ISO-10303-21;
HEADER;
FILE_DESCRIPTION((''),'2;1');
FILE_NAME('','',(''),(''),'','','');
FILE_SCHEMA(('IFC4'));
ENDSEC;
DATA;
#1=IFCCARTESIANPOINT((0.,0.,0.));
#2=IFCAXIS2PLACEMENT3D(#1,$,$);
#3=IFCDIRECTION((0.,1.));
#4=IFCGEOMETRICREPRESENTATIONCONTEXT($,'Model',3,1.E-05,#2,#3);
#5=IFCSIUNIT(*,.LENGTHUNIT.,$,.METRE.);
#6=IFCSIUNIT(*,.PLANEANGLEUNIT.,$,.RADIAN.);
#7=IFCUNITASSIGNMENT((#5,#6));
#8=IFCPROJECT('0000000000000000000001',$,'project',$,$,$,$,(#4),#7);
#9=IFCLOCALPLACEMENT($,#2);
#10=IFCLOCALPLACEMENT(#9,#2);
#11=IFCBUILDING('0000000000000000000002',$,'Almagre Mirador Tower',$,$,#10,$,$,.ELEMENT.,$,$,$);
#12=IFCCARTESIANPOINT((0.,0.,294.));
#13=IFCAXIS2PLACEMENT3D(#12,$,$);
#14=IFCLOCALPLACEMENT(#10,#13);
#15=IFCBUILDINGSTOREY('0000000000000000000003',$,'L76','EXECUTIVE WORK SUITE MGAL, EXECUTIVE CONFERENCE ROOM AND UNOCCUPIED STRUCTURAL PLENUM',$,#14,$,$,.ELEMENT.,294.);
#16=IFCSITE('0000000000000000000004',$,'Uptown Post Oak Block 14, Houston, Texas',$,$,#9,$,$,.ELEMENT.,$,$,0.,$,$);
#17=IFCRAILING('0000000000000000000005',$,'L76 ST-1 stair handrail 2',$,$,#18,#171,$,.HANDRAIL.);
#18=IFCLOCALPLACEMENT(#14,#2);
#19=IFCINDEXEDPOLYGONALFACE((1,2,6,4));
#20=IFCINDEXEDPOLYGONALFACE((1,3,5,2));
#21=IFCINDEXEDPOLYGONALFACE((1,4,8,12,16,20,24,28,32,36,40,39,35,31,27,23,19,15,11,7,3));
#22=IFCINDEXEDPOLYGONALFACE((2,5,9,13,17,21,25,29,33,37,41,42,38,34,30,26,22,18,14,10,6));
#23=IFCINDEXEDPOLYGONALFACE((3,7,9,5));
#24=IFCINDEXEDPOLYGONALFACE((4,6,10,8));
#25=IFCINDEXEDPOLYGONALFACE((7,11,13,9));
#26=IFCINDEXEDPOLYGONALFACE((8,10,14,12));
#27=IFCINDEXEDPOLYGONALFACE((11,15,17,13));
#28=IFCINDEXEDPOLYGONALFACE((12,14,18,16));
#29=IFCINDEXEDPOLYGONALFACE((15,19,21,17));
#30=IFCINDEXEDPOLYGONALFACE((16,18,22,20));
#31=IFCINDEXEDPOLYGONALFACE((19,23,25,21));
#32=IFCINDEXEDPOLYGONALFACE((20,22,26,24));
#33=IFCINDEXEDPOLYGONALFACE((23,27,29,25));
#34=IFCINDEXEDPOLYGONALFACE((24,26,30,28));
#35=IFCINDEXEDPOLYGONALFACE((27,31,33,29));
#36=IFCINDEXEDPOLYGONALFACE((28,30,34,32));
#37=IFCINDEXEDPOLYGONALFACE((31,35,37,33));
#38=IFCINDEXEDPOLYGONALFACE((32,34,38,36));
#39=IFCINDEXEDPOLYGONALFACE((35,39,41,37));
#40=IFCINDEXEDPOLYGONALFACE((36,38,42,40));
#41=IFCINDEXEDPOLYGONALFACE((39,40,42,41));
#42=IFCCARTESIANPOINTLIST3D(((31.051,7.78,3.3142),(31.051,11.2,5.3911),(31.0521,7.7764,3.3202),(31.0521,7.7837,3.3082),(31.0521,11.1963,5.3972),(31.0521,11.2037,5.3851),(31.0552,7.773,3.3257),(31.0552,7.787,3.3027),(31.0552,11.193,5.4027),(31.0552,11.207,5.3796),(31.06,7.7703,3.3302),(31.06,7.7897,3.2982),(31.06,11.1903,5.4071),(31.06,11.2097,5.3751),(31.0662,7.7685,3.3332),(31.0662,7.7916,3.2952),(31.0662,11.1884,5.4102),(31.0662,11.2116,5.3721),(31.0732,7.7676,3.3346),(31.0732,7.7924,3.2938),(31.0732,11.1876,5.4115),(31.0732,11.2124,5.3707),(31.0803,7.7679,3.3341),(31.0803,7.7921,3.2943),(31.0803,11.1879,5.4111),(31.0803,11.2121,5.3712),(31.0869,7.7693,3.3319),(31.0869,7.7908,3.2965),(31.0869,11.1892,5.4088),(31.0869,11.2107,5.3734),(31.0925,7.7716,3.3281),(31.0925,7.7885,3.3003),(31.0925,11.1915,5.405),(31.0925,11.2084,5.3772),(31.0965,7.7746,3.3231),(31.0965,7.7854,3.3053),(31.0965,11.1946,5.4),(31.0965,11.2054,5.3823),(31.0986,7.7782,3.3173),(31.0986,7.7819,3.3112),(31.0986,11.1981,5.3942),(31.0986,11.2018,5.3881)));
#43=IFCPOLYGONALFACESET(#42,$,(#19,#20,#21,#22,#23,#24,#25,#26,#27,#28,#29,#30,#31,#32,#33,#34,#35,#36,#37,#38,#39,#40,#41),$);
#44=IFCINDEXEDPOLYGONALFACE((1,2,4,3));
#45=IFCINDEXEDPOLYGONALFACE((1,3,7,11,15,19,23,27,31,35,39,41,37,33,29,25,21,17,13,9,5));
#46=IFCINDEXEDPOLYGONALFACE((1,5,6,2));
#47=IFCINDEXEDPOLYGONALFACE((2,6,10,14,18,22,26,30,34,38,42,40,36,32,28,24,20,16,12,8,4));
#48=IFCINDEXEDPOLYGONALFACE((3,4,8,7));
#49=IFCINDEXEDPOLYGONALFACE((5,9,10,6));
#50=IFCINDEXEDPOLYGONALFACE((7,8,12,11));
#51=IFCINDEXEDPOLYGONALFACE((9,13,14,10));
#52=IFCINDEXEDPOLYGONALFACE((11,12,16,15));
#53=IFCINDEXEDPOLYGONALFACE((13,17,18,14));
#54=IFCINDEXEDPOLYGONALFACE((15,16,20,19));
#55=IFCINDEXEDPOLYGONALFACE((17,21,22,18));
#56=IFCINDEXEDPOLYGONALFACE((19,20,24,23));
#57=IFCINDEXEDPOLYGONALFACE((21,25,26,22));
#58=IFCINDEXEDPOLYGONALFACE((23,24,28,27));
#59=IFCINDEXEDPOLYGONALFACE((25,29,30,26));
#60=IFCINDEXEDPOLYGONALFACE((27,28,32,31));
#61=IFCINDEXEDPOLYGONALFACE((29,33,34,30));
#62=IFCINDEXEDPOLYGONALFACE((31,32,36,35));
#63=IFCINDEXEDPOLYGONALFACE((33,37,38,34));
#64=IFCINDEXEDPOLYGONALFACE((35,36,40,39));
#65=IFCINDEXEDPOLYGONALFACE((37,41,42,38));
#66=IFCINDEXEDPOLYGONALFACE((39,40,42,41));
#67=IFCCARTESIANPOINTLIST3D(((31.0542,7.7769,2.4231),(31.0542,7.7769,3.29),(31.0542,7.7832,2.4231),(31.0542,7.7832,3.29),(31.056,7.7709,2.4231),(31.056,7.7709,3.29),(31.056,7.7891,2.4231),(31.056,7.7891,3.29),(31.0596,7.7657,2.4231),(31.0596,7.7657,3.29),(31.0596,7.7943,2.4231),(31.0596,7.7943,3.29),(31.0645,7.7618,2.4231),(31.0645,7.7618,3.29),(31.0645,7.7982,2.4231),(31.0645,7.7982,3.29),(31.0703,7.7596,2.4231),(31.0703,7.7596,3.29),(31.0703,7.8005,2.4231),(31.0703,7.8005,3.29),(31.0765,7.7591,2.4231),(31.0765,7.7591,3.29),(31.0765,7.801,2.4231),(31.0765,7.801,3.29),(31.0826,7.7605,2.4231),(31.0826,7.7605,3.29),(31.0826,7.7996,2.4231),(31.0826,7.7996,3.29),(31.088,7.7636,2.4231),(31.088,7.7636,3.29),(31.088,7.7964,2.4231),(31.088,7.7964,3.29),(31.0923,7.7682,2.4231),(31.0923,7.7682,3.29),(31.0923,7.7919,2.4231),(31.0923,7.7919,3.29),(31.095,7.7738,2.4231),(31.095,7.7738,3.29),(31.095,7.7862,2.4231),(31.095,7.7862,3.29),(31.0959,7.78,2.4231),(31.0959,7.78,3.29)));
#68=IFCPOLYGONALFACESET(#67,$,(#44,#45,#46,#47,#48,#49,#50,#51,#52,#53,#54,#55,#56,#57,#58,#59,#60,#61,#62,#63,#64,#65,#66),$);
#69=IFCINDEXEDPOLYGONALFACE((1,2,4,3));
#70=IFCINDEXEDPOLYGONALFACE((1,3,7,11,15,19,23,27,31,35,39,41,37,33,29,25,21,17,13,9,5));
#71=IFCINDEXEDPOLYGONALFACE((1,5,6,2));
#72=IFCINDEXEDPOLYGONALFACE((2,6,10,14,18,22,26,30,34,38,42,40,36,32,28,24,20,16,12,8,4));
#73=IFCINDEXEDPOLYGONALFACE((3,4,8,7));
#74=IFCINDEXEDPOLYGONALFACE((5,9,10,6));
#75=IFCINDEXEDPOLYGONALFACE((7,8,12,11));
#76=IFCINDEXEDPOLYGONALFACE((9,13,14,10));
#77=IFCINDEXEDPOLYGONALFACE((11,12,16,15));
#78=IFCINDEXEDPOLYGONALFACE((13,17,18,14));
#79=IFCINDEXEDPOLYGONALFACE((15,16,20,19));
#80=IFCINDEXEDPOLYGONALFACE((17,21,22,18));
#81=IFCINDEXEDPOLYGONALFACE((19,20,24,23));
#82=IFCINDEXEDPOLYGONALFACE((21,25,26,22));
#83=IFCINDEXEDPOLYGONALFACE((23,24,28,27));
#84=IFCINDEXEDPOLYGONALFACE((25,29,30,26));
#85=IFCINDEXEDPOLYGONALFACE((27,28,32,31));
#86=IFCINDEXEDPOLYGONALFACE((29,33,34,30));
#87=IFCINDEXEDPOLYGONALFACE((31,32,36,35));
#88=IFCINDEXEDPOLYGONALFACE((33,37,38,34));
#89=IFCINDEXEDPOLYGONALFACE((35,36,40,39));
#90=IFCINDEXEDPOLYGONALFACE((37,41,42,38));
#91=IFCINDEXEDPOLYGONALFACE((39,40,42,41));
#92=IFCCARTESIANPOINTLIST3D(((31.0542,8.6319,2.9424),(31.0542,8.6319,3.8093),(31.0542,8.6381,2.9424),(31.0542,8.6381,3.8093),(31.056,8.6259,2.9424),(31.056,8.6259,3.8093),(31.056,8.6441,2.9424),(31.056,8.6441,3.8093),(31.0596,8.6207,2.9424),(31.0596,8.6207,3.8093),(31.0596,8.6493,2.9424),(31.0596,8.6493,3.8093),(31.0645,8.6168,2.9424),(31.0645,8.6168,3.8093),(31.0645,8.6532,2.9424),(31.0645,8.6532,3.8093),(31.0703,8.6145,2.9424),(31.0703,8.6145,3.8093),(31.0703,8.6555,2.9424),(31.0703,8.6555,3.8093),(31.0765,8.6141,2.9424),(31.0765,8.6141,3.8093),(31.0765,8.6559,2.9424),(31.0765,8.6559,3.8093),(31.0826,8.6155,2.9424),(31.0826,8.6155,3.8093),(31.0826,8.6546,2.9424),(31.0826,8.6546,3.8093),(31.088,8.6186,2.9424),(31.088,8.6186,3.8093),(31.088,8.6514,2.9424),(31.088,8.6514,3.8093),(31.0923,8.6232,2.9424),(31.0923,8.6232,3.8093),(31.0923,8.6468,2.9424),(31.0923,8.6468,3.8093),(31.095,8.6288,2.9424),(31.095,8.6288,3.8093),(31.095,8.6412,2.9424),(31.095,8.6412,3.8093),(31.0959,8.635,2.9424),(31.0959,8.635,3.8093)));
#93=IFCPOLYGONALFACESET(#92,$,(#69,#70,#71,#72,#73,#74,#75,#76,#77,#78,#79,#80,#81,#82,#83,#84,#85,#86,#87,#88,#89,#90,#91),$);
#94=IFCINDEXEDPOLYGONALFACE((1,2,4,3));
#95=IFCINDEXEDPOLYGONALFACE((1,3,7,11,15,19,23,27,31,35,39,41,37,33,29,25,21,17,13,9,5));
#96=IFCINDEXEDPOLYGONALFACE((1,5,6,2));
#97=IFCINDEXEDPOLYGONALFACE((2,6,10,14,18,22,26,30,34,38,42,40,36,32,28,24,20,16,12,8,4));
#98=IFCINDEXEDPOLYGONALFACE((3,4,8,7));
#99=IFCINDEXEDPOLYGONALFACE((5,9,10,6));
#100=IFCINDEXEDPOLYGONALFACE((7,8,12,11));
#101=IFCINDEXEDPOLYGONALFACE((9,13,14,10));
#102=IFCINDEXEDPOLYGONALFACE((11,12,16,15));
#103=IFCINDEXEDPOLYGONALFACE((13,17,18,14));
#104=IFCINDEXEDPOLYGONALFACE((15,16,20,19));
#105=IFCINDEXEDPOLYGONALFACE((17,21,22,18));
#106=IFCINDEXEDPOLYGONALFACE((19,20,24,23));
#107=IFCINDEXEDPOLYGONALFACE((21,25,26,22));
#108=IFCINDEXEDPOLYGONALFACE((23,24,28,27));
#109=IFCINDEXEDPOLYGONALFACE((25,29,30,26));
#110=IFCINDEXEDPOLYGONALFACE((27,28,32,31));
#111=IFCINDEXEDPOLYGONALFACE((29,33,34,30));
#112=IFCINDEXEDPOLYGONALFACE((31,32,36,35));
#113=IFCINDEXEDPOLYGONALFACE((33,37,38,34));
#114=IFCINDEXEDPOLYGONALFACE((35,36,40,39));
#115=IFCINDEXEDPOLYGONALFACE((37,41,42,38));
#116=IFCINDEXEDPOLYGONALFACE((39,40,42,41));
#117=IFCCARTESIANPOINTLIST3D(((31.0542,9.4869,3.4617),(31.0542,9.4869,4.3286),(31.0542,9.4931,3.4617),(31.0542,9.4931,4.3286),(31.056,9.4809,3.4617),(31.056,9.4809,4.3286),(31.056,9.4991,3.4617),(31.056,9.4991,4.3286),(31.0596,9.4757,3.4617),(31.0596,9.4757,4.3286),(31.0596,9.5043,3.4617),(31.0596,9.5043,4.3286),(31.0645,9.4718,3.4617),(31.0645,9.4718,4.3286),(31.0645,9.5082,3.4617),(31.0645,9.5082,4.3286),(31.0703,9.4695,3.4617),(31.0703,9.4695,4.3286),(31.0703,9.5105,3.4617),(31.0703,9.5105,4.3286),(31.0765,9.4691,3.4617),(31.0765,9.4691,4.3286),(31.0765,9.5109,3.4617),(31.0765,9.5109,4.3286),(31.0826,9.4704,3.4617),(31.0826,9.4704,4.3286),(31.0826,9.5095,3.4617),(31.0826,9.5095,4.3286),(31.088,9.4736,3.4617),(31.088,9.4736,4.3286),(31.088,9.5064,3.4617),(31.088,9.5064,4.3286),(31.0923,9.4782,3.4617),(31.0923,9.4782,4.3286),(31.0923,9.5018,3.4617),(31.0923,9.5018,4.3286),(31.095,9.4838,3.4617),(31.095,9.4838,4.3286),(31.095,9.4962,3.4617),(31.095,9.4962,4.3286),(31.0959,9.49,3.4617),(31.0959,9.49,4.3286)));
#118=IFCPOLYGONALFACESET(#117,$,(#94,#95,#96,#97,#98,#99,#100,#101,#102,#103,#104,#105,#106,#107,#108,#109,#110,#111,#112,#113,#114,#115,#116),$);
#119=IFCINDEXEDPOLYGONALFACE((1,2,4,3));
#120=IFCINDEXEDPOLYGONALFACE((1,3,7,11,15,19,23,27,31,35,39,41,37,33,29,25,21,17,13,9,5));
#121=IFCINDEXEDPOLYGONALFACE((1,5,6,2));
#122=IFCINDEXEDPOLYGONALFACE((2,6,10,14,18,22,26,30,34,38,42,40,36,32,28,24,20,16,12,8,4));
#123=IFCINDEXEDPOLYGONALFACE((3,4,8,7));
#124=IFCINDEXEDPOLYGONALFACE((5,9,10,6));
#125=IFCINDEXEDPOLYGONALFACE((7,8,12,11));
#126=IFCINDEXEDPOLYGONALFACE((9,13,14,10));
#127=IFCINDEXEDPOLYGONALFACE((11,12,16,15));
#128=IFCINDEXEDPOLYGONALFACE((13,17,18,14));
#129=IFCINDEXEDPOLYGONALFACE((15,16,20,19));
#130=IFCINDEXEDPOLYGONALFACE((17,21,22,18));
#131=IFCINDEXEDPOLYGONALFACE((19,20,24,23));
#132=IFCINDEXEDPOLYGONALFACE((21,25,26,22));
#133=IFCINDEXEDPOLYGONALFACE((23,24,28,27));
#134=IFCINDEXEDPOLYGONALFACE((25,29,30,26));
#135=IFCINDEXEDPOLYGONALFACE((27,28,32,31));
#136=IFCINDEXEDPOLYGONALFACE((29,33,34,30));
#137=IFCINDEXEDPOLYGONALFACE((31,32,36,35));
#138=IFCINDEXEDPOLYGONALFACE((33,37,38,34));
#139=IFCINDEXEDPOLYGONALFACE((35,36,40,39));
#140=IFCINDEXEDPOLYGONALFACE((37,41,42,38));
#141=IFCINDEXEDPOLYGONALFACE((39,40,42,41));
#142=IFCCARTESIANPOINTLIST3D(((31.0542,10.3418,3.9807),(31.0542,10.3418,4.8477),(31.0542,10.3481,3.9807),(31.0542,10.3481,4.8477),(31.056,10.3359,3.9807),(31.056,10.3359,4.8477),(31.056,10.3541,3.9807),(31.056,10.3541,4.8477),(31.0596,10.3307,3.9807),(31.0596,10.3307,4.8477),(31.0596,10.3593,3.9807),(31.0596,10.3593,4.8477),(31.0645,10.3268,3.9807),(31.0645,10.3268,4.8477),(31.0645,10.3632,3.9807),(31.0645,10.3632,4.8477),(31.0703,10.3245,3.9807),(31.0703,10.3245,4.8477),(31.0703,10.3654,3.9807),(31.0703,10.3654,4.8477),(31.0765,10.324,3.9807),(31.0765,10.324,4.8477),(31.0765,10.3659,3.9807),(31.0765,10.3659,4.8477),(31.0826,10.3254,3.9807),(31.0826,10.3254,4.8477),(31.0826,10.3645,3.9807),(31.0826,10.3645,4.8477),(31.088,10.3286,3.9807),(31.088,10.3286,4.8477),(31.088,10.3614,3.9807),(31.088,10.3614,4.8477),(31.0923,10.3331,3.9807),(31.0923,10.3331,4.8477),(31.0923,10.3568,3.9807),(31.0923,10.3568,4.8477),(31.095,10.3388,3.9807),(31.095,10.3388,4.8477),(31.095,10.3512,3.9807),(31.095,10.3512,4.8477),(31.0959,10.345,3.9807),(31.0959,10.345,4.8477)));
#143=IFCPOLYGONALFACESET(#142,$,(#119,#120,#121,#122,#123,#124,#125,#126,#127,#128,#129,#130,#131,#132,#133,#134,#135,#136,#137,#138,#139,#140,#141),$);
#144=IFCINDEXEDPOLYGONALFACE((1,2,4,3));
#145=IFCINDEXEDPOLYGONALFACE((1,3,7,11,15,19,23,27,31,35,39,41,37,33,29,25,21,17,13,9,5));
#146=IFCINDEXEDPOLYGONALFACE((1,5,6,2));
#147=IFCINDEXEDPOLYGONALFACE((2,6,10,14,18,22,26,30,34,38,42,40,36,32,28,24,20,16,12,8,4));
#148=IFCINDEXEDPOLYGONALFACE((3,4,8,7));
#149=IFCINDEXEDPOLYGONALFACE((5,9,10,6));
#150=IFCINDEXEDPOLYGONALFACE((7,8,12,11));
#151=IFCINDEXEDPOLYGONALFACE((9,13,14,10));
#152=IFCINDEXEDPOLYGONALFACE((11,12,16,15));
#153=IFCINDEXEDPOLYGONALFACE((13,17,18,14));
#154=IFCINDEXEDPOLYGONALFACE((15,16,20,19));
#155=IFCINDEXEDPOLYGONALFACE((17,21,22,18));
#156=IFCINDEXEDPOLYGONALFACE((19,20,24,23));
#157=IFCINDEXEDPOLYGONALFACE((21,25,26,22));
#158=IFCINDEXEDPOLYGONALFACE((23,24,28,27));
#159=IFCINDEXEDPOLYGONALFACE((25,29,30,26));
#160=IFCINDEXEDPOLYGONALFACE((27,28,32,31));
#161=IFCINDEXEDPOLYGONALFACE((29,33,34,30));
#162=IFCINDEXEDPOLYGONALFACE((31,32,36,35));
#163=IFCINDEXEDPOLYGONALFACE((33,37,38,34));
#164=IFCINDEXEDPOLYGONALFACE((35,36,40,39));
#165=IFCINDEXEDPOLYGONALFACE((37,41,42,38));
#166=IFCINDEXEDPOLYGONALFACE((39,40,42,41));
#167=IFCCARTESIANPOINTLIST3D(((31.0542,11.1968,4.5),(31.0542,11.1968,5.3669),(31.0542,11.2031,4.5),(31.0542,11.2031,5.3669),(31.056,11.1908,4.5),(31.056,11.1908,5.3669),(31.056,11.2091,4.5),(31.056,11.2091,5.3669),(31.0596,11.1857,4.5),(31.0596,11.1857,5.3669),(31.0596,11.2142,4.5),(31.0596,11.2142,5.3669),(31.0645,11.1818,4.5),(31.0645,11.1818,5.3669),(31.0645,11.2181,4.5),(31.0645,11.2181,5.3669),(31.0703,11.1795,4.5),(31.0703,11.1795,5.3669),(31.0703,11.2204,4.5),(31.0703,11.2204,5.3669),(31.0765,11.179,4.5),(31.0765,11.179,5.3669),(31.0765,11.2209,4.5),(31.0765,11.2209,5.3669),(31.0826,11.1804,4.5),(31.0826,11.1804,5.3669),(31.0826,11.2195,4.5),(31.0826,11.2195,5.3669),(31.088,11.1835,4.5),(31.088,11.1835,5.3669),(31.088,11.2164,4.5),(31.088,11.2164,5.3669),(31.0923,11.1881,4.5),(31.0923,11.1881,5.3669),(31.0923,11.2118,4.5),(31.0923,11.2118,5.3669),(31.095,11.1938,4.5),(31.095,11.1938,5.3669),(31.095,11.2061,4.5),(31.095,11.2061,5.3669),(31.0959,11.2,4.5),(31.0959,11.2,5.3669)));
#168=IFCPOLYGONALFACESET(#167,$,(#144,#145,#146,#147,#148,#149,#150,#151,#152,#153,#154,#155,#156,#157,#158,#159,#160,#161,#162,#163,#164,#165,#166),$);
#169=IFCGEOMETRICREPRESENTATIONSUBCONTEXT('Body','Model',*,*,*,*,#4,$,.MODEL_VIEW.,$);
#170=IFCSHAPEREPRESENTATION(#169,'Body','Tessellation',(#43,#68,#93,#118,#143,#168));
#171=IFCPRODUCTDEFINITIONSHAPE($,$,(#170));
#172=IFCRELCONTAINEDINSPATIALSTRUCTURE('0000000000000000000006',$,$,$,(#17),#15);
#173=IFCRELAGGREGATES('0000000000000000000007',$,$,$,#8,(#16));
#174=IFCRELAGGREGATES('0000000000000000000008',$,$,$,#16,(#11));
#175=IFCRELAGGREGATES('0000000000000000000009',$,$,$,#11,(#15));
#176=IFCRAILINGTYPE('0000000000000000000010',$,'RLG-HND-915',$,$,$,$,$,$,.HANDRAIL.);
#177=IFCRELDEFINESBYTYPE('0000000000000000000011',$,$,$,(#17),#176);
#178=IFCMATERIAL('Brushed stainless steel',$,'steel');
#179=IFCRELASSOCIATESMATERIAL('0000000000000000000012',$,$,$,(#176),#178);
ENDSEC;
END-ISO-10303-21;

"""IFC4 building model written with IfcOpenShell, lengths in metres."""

from ifc_helpers import new_model, si_unit, direction, frame, origin, origin_2d, place, context, subcontext, project, spatial, circle, extrude, material, type_object, element, save


model = new_model("IFC4")

# Units and contexts
model_context = context("Model", 3, precision=1e-05, world=origin(), true_north=direction((0.0, 1.0)))
body_context = subcontext(model_context, "Body", "Model", "MODEL_VIEW")
ifc_project = project(units=[si_unit("LENGTHUNIT", "METRE"), si_unit("PLANEANGLEUNIT", "RADIAN")], contexts=[model_context])

# Site, building, storey
site_placement = place(None, origin())
site = spatial("IfcSite", under=ifc_project, at=site_placement, Name="Uptown Post Oak Block 14, Houston, Texas", CompositionType="ELEMENT", RefElevation=0.0)
building_placement = place(site_placement, origin())
building = spatial("IfcBuilding", under=site, at=building_placement, Name="Almagre Mirador Tower", CompositionType="ELEMENT")
storey_placement = place(building_placement, frame((0.0, 0.0, 294.0)))
storey = spatial("IfcBuildingStorey", under=building, at=storey_placement, Name="L76", Description="EXECUTIVE WORK SUITE MGAL, EXECUTIVE CONFERENCE ROOM AND UNOCCUPIED STRUCTURAL PLENUM", CompositionType="ELEMENT", Elevation=294.0)

# Railing
ifc_material_1 = material(Name="Brushed stainless steel", Category="steel")
railing_type = type_object("IfcRailingType", Name="RLG-HND-915", PredefinedType="HANDRAIL", material=ifc_material_1)
railing_placement = place(storey_placement, frame((31.075, 7.78, 2.4231)))
element("IfcRailing", 1, at=railing_placement, inside=storey, type_object=railing_type, Name="L76 ST-1 stair handrail 2", PredefinedType="HANDRAIL", context=body_context, shape_type="SweptSolid", body=[
    extrude(circle(Radius=0.0239, at=origin_2d()), frame((0.0, 0.0, 0.8911), z_axis=(0.0, 0.85473, 0.519074), x_axis=(-1.0, 0.0, 0.0)), (0.0, 0.0, 1.0), 4.0012),
    extrude(circle(Radius=0.021, at=origin_2d()), origin(), (0.0, 0.0, 1.0), 0.8669),
    extrude(circle(Radius=0.021, at=origin_2d()), frame((0.0, 0.855, 0.5193)), (0.0, 0.0, 1.0), 0.8669),
    extrude(circle(Radius=0.021, at=origin_2d()), frame((0.0, 1.71, 1.0386)), (0.0, 0.0, 1.0), 0.8669),
    extrude(circle(Radius=0.021, at=origin_2d()), frame((0.0, 2.5649, 1.5576)), (0.0, 0.0, 1.0), 0.8669),
    extrude(circle(Radius=0.021, at=origin_2d()), frame((0.0, 3.4199, 2.0769)), (0.0, 0.0, 1.0), 0.8669),
])

save(model, "model.ifc")
